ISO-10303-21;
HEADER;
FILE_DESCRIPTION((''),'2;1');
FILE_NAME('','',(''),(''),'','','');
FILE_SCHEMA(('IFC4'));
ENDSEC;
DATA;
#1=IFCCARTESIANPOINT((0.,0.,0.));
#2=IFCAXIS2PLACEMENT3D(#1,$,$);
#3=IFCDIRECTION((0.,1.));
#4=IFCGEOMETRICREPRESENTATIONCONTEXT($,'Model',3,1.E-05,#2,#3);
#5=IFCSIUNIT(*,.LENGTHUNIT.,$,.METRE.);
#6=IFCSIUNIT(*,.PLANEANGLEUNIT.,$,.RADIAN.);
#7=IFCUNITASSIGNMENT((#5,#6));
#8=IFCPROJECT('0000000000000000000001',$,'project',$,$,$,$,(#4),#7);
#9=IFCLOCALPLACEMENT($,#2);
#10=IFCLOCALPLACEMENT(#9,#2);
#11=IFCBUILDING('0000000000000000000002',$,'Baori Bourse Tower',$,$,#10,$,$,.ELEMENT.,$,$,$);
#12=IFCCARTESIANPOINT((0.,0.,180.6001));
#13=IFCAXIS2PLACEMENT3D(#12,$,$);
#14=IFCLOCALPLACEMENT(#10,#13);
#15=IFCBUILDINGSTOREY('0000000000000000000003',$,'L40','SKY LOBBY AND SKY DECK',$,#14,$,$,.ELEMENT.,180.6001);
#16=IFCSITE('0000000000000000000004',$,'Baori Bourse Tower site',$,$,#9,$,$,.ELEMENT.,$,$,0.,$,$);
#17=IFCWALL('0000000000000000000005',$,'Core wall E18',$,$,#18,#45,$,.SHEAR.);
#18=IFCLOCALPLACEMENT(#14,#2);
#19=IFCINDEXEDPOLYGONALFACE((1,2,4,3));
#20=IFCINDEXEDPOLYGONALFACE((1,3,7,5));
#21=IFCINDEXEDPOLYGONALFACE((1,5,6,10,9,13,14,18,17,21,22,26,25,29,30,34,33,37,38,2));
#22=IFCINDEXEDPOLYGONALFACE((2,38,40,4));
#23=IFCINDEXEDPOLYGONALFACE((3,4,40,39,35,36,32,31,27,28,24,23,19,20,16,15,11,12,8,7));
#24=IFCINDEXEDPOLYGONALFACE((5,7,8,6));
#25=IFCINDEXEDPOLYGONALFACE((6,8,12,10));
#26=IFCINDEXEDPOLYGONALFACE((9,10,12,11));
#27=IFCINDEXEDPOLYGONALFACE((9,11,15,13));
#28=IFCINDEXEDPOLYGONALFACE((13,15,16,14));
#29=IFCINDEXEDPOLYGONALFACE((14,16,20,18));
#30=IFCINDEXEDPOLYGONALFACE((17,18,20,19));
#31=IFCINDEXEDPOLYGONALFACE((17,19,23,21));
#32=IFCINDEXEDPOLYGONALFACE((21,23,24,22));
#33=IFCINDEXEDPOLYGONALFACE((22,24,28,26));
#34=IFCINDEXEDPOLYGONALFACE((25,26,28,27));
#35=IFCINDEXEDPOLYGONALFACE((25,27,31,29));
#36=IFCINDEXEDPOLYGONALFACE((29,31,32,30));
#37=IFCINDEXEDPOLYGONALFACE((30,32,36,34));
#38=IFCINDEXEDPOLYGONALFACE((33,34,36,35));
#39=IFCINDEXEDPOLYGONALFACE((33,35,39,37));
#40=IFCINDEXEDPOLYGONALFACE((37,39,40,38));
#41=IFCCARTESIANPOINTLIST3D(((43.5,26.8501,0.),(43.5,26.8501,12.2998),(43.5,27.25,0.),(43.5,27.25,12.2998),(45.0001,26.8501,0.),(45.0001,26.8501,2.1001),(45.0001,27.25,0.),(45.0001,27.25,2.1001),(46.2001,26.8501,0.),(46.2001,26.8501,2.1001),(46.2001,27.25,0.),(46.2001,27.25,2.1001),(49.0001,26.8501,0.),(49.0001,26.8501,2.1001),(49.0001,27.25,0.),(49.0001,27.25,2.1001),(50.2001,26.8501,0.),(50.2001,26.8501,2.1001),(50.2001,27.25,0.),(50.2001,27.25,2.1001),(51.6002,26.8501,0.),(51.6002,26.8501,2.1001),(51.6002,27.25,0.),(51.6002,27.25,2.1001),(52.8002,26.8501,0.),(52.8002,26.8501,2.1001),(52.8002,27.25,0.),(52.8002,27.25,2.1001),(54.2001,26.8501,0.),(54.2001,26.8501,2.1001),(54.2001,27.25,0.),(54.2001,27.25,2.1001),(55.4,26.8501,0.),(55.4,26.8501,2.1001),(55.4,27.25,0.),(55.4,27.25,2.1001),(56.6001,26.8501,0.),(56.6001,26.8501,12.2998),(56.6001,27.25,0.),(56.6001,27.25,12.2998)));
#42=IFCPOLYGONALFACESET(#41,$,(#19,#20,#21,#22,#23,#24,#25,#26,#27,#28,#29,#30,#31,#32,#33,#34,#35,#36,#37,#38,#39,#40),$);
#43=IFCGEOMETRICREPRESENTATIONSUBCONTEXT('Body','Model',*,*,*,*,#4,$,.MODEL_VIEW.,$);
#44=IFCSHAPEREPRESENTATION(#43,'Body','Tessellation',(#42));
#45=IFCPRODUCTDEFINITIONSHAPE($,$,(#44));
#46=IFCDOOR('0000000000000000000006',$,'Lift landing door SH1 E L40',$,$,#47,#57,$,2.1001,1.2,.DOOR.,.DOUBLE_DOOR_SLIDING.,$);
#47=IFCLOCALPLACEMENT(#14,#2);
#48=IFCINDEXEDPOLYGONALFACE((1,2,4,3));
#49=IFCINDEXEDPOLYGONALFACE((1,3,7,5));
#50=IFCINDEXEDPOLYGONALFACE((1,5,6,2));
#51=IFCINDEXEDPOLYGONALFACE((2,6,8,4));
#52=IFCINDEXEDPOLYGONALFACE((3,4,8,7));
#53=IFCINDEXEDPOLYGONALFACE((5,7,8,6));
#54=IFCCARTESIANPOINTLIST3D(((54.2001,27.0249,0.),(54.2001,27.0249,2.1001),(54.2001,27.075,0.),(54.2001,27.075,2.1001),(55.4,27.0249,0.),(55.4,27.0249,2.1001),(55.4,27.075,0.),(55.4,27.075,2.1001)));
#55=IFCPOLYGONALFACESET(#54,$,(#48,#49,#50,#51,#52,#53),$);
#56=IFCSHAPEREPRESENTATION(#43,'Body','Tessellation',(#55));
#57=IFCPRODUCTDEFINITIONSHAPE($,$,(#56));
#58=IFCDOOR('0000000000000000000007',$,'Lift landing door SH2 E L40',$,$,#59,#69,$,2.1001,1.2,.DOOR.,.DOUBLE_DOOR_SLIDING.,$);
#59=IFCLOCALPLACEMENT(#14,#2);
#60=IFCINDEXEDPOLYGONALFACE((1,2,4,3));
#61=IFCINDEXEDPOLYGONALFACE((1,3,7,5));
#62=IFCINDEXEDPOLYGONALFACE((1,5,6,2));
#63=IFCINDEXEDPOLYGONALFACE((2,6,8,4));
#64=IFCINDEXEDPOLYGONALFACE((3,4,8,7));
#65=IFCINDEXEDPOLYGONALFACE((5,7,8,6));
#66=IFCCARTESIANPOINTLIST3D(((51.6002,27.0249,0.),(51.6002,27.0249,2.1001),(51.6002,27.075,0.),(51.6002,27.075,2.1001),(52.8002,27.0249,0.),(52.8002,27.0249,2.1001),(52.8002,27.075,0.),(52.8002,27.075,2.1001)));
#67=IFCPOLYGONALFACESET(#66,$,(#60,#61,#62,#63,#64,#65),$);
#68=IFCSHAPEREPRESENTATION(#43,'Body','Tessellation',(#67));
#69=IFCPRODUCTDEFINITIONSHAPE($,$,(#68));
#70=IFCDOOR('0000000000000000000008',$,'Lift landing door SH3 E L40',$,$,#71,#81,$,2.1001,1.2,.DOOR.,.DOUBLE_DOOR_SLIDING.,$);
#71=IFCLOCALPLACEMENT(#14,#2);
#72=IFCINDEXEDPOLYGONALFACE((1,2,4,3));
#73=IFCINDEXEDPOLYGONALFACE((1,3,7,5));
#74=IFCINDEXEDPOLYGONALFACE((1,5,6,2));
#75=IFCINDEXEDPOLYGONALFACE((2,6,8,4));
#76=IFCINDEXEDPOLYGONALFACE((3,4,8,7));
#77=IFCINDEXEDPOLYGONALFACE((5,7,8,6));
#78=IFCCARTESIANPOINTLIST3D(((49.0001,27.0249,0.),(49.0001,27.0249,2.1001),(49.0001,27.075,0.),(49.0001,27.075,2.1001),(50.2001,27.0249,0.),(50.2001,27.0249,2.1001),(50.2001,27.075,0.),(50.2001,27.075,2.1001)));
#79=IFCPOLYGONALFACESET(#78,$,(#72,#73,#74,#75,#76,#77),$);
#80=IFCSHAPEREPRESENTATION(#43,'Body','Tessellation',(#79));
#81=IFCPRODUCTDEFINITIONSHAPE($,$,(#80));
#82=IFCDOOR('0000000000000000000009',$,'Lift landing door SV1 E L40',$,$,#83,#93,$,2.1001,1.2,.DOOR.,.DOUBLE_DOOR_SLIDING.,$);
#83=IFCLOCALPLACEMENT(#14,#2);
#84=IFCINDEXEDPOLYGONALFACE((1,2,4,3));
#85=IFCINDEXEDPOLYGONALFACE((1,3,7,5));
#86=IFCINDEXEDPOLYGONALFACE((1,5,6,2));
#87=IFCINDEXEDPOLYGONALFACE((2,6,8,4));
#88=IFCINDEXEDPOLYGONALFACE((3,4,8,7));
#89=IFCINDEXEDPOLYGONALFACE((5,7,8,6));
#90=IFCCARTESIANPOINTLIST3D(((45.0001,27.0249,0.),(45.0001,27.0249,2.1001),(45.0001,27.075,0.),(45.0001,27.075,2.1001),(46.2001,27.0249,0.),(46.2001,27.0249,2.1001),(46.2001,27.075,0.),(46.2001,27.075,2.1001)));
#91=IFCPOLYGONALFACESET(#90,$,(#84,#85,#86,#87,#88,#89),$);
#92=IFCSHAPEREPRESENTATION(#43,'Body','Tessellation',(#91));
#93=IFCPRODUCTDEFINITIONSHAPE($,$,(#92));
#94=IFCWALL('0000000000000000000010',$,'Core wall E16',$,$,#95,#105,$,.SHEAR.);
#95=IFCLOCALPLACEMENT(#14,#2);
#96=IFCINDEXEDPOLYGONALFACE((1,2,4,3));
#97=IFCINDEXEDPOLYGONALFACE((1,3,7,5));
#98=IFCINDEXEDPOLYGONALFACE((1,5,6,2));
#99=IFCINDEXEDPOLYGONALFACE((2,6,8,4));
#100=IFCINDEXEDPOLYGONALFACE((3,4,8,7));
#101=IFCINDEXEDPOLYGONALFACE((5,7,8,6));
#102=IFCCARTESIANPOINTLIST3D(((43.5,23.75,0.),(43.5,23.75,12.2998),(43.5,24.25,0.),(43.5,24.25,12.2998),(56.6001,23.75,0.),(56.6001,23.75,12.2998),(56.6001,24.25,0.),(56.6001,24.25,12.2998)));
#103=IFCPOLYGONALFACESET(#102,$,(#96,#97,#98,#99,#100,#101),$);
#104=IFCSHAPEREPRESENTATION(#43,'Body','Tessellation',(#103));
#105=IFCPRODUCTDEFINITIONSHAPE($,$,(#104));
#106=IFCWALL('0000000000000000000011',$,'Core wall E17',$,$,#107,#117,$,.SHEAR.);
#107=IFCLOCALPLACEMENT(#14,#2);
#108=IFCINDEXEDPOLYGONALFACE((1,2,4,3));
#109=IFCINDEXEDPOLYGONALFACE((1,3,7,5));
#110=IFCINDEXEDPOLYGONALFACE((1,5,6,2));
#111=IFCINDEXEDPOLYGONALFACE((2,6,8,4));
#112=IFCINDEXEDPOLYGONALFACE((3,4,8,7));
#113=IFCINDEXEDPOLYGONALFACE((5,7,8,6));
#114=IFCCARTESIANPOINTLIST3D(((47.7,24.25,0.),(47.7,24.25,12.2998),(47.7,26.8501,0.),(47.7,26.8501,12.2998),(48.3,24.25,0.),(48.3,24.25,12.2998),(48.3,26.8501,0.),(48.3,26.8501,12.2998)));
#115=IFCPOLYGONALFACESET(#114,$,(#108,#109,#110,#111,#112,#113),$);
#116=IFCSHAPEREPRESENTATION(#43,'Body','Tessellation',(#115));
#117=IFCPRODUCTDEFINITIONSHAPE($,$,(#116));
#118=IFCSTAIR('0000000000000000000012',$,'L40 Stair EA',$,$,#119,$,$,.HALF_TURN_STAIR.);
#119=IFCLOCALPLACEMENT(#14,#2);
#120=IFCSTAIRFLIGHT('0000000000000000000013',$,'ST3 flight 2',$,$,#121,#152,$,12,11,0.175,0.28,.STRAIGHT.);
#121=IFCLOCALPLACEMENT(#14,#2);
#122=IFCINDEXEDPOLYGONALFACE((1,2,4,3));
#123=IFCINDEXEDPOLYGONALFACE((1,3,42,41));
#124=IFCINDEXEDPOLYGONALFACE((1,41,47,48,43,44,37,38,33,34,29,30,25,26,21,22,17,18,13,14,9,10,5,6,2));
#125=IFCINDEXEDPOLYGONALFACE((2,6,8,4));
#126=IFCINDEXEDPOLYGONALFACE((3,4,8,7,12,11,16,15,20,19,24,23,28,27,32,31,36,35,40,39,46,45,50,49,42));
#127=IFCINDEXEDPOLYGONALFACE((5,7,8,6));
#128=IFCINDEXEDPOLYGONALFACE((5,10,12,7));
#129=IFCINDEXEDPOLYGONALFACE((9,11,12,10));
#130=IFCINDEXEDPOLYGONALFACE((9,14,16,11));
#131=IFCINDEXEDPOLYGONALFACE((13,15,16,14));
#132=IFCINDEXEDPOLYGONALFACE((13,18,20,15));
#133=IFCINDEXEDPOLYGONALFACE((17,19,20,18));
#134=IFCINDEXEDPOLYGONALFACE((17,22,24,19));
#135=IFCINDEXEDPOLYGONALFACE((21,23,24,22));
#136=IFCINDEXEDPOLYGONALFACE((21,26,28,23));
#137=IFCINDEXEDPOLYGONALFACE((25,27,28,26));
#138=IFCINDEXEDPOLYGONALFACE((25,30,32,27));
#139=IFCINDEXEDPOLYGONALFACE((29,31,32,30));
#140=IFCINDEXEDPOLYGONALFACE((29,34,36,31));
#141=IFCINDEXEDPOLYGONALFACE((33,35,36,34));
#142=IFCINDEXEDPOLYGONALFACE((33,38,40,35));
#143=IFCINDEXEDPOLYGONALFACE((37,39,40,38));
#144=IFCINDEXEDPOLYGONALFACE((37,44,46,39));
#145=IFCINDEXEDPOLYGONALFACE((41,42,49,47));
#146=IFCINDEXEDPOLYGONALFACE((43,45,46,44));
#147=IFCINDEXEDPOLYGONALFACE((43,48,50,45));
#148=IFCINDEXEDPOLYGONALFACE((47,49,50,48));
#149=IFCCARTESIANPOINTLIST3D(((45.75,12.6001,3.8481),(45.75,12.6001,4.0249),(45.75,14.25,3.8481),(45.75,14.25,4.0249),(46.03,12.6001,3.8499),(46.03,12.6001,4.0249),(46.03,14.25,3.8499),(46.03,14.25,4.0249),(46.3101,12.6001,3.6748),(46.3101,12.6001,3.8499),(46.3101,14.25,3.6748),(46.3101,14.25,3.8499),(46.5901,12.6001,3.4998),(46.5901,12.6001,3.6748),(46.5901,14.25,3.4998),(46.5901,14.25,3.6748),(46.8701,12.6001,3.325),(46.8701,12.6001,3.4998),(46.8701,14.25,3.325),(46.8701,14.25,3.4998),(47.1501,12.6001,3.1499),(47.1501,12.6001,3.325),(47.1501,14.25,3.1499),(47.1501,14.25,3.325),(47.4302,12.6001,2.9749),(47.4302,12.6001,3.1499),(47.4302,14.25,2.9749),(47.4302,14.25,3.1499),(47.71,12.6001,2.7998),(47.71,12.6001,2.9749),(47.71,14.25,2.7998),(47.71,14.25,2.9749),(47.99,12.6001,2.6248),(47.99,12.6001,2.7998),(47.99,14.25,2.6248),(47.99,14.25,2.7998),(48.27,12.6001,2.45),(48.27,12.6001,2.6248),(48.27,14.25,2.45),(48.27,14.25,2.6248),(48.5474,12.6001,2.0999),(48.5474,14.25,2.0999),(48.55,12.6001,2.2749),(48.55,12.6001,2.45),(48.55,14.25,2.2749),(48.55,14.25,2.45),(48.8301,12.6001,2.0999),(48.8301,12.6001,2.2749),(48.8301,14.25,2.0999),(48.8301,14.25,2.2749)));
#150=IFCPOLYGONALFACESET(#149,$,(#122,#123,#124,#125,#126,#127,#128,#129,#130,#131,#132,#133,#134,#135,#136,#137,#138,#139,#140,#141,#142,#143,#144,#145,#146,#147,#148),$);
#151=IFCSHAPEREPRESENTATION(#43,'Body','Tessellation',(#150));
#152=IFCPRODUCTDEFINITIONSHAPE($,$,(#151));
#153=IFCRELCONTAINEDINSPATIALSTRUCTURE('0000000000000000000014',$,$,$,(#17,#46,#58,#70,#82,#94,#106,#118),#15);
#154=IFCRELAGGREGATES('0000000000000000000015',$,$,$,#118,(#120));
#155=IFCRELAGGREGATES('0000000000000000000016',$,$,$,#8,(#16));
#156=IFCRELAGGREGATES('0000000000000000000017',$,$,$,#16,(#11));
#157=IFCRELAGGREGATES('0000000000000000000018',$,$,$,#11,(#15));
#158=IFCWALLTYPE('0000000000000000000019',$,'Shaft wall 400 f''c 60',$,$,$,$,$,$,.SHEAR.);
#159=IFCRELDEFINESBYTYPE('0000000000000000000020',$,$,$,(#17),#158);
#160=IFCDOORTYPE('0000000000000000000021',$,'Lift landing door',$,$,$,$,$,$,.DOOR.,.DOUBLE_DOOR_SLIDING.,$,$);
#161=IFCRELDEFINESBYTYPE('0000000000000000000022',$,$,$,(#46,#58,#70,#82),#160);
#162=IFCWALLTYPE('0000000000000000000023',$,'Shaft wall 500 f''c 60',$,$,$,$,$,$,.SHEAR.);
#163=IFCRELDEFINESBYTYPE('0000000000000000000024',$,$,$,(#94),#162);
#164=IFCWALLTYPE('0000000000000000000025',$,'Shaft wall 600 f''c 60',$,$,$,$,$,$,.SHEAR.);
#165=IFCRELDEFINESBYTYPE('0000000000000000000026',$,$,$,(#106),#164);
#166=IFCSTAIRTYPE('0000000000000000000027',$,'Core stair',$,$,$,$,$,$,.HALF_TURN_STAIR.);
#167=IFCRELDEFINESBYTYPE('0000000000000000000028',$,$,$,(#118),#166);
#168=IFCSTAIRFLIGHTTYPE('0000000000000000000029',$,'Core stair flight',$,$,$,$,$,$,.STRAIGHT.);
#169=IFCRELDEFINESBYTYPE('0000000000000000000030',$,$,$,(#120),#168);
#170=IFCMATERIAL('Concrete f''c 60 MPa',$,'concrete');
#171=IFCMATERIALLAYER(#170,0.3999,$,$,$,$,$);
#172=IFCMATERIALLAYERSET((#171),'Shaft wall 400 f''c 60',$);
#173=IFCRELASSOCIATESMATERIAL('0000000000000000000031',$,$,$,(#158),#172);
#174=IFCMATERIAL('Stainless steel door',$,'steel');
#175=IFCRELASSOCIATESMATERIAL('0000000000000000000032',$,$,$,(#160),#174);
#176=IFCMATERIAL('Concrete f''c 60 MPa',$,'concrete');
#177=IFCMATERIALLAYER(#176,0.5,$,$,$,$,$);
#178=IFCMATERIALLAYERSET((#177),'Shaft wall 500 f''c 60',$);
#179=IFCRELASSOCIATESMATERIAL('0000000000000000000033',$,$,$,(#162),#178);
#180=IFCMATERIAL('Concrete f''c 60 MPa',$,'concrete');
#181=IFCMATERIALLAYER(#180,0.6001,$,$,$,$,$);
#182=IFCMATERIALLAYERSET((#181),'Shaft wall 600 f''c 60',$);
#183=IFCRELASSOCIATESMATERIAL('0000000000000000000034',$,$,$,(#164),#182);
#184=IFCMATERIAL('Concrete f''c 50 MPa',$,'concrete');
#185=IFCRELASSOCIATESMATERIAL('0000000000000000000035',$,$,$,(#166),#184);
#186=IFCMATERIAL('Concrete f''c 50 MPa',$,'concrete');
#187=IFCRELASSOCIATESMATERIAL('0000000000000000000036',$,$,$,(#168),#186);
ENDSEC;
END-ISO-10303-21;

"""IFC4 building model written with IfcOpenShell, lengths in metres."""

from ifc_helpers import new_model, si_unit, direction, frame, frame_2d, origin, place, context, subcontext, project, spatial, polyline, rectangle, outline, extrude, material, layer, layer_set, type_object, element, fill, aggregate, save


model = new_model("IFC4")

# Units and contexts
model_context = context("Model", 3, precision=1e-05, world=origin(), true_north=direction((0.0, 1.0)))
body_context = subcontext(model_context, "Body", "Model", "MODEL_VIEW")
ifc_project = project(units=[si_unit("LENGTHUNIT", "METRE"), si_unit("PLANEANGLEUNIT", "RADIAN")], contexts=[model_context])

# Site, building, storey
site_placement = place(None, origin())
site = spatial("IfcSite", under=ifc_project, at=site_placement, Name="Baori Bourse Tower site", CompositionType="ELEMENT", RefElevation=0.0)
building_placement = place(site_placement, origin())
building = spatial("IfcBuilding", under=site, at=building_placement, Name="Baori Bourse Tower", CompositionType="ELEMENT")
storey_placement = place(building_placement, frame((0.0, 0.0, 180.6001)))
storey = spatial("IfcBuildingStorey", under=building, at=storey_placement, Name="L40", Description="SKY LOBBY AND SKY DECK", CompositionType="ELEMENT", Elevation=180.6001)

# Shared definitions
ifc_material_1 = material(Name="Concrete f'c 60 MPa", Category="concrete")
ifc_layer_1 = layer(ifc_material_1, 0.3999)
ifc_layer_set_1 = layer_set([ifc_layer_1], Name="Shaft wall 400 f'c 60")
wall_type_1 = type_object("IfcWallType", Name="Shaft wall 400 f'c 60", PredefinedType="SHEAR", material=ifc_layer_set_1)

# Shared definitions
ifc_material_2 = material(Name="Stainless steel door", Category="steel")
door_type_1 = type_object("IfcDoorType", Name="Lift landing door", OperationType="DOUBLE_DOOR_SLIDING", PredefinedType="DOOR", material=ifc_material_2)

# Wall, openings, doors
wall_1_placement = place(storey_placement, frame((43.5, 27.05, 0.0), z_axis=(0.0, 0.0, 1.0), x_axis=(1.0, 0.0, 0.0)))
wall_1 = element("IfcWall", 1, at=wall_1_placement, inside=storey, type_object=wall_type_1, Name="Core wall E18", PredefinedType="SHEAR", context=body_context, shape_type="SweptSolid", body=[
    extrude(rectangle(XDim=13.1001, YDim=0.3999, at=frame_2d((6.55, 0.0))), origin(), (0.0, 0.0, 1.0), 12.2998),
])
opening_1_placement = place(wall_1_placement, frame((10.7, 0.0, 0.0)))
opening_1 = element("IfcOpeningElement", 2, at=opening_1_placement, cuts=wall_1, PredefinedType="OPENING", context=body_context, shape_type="SweptSolid", body=[
    extrude(rectangle(XDim=1.2, YDim=2.1001, at=frame_2d((0.6001, 1.05))), frame((0.0, 0.21, 0.0), z_axis=(0.0, -1.0, 0.0), x_axis=(1.0, 0.0, 0.0)), (0.0, 0.0, 1.0), 0.4199),
])
opening_2_placement = place(wall_1_placement, frame((8.1001, 0.0, 0.0)))
opening_2 = element("IfcOpeningElement", 3, at=opening_2_placement, cuts=wall_1, PredefinedType="OPENING", context=body_context, shape_type="SweptSolid", body=[
    extrude(rectangle(XDim=1.2, YDim=2.1001, at=frame_2d((0.6001, 1.05))), frame((0.0, 0.21, 0.0), z_axis=(0.0, -1.0, 0.0), x_axis=(1.0, 0.0, 0.0)), (0.0, 0.0, 1.0), 0.4199),
])
opening_3_placement = place(wall_1_placement, frame((5.5, 0.0, 0.0)))
opening_3 = element("IfcOpeningElement", 4, at=opening_3_placement, cuts=wall_1, PredefinedType="OPENING", context=body_context, shape_type="SweptSolid", body=[
    extrude(rectangle(XDim=1.2, YDim=2.1001, at=frame_2d((0.6001, 1.05))), frame((0.0, 0.21, 0.0), z_axis=(0.0, -1.0, 0.0), x_axis=(1.0, 0.0, 0.0)), (0.0, 0.0, 1.0), 0.4199),
])
opening_4_placement = place(wall_1_placement, frame((1.5, 0.0, 0.0)))
opening_4 = element("IfcOpeningElement", 5, at=opening_4_placement, cuts=wall_1, PredefinedType="OPENING", context=body_context, shape_type="SweptSolid", body=[
    extrude(rectangle(XDim=1.2, YDim=2.1001, at=frame_2d((0.6001, 1.05))), frame((0.0, 0.21, 0.0), z_axis=(0.0, -1.0, 0.0), x_axis=(1.0, 0.0, 0.0)), (0.0, 0.0, 1.0), 0.4199),
])
door_1_placement = place(opening_1_placement, origin())
door_1 = element("IfcDoor", 6, at=door_1_placement, inside=storey, type_object=door_type_1, Name="Lift landing door SH1 E L40", OperationType="DOUBLE_DOOR_SLIDING", OverallHeight=2.1001, OverallWidth=1.2, PredefinedType="DOOR", context=body_context, shape_type="SweptSolid", body=[
    extrude(rectangle(XDim=1.2, YDim=2.1001, at=frame_2d((0.6001, 1.05))), frame((0.0, 0.0249, 0.0), z_axis=(0.0, -1.0, 0.0), x_axis=(1.0, 0.0, 0.0)), (0.0, 0.0, 1.0), 0.05),
])
fill(opening_1, door_1)
door_2_placement = place(opening_2_placement, origin())
door_2 = element("IfcDoor", 7, at=door_2_placement, inside=storey, type_object=door_type_1, Name="Lift landing door SH2 E L40", OperationType="DOUBLE_DOOR_SLIDING", OverallHeight=2.1001, OverallWidth=1.2, PredefinedType="DOOR", context=body_context, shape_type="SweptSolid", body=[
    extrude(rectangle(XDim=1.2, YDim=2.1001, at=frame_2d((0.6001, 1.05))), frame((0.0, 0.0249, 0.0), z_axis=(0.0, -1.0, 0.0), x_axis=(1.0, 0.0, 0.0)), (0.0, 0.0, 1.0), 0.05),
])
fill(opening_2, door_2)
door_3_placement = place(opening_3_placement, origin())
door_3 = element("IfcDoor", 8, at=door_3_placement, inside=storey, type_object=door_type_1, Name="Lift landing door SH3 E L40", OperationType="DOUBLE_DOOR_SLIDING", OverallHeight=2.1001, OverallWidth=1.2, PredefinedType="DOOR", context=body_context, shape_type="SweptSolid", body=[
    extrude(rectangle(XDim=1.2, YDim=2.1001, at=frame_2d((0.6001, 1.05))), frame((0.0, 0.0249, 0.0), z_axis=(0.0, -1.0, 0.0), x_axis=(1.0, 0.0, 0.0)), (0.0, 0.0, 1.0), 0.05),
])
fill(opening_3, door_3)
door_4_placement = place(opening_4_placement, origin())
door_4 = element("IfcDoor", 9, at=door_4_placement, inside=storey, type_object=door_type_1, Name="Lift landing door SV1 E L40", OperationType="DOUBLE_DOOR_SLIDING", OverallHeight=2.1001, OverallWidth=1.2, PredefinedType="DOOR", context=body_context, shape_type="SweptSolid", body=[
    extrude(rectangle(XDim=1.2, YDim=2.1001, at=frame_2d((0.6001, 1.05))), frame((0.0, 0.0249, 0.0), z_axis=(0.0, -1.0, 0.0), x_axis=(1.0, 0.0, 0.0)), (0.0, 0.0, 1.0), 0.05),
])
fill(opening_4, door_4)

# Walls
ifc_material_3 = material(Name="Concrete f'c 60 MPa", Category="concrete")
ifc_layer_2 = layer(ifc_material_3, 0.5)
ifc_layer_set_2 = layer_set([ifc_layer_2], Name="Shaft wall 500 f'c 60")
wall_type_2 = type_object("IfcWallType", Name="Shaft wall 500 f'c 60", PredefinedType="SHEAR", material=ifc_layer_set_2)
wall_2_placement = place(storey_placement, frame((43.5, 24.0, 0.0), z_axis=(0.0, 0.0, 1.0), x_axis=(1.0, 0.0, 0.0)))
element("IfcWall", 10, at=wall_2_placement, inside=storey, type_object=wall_type_2, Name="Core wall E16", PredefinedType="SHEAR", context=body_context, shape_type="SweptSolid", body=[
    extrude(rectangle(XDim=13.1001, YDim=0.5, at=frame_2d((6.55, 0.0))), origin(), (0.0, 0.0, 1.0), 12.2998),
])
ifc_material_4 = material(Name="Concrete f'c 60 MPa", Category="concrete")
ifc_layer_3 = layer(ifc_material_4, 0.6001)
ifc_layer_set_3 = layer_set([ifc_layer_3], Name="Shaft wall 600 f'c 60")
wall_type_3 = type_object("IfcWallType", Name="Shaft wall 600 f'c 60", PredefinedType="SHEAR", material=ifc_layer_set_3)
wall_3_placement = place(storey_placement, frame((48.0, 24.25, 0.0), z_axis=(0.0, 0.0, 1.0), x_axis=(0.0, 1.0, 0.0)))
element("IfcWall", 11, at=wall_3_placement, inside=storey, type_object=wall_type_3, Name="Core wall E17", PredefinedType="SHEAR", context=body_context, shape_type="SweptSolid", body=[
    extrude(rectangle(XDim=2.6001, YDim=0.6001, at=frame_2d((1.3, 0.0))), origin(), (0.0, 0.0, 1.0), 12.2998),
])

# Stair, stair flight
ifc_material_5 = material(Name="Concrete f'c 50 MPa", Category="concrete")
stair_type = type_object("IfcStairType", Name="Core stair", PredefinedType="HALF_TURN_STAIR", material=ifc_material_5)
stair_placement = place(storey_placement, origin())
stair = element("IfcStair", 12, at=stair_placement, inside=storey, type_object=stair_type, Name="L40 Stair EA", PredefinedType="HALF_TURN_STAIR")
ifc_material_6 = material(Name="Concrete f'c 50 MPa", Category="concrete")
stair_flight_type = type_object("IfcStairFlightType", Name="Core stair flight", PredefinedType="STRAIGHT", material=ifc_material_6)
stair_flight_1_placement = place(storey_placement, frame((48.8301, 13.425, 2.0999), z_axis=(0.0, 0.0, 1.0), x_axis=(-1.0, 0.0, 0.0)))
stair_flight_1 = element("IfcStairFlight", 13, at=stair_flight_1_placement, type_object=stair_flight_type, Name="ST3 flight 2", NumberOfRisers=12, NumberOfTreads=11, PredefinedType="STRAIGHT", RiserHeight=0.175, TreadLength=0.28, context=body_context, shape_type="SweptSolid", body=[
    extrude(outline(polyline([(0.0, 0.0), (0.0, 0.175), (0.28, 0.175), (0.28, 0.3501), (0.5601, 0.3501), (0.5601, 0.5249), (0.8401, 0.5249), (0.8401, 0.7), (1.1201, 0.7), (1.1201, 0.875), (1.3999, 0.875), (1.3999, 1.05), (1.6799, 1.05), (1.6799, 1.2251), (1.96, 1.2251), (1.96, 1.3999), (2.24, 1.3999), (2.24, 1.575), (2.52, 1.575), (2.52, 1.75), (2.8, 1.75), (2.8, 1.925), (3.0801, 1.925), (3.0801, 2.1001), (3.0801, 1.7483), (0.2827, 0.0), (0.0, 0.0)])), frame((0.0, 0.825, 0.0), z_axis=(0.0, -1.0, 0.0), x_axis=(1.0, 0.0, 0.0)), (0.0, 0.0, 1.0), 1.6499),
])
aggregate(stair, [stair_flight_1])

save(model, "model.ifc")
